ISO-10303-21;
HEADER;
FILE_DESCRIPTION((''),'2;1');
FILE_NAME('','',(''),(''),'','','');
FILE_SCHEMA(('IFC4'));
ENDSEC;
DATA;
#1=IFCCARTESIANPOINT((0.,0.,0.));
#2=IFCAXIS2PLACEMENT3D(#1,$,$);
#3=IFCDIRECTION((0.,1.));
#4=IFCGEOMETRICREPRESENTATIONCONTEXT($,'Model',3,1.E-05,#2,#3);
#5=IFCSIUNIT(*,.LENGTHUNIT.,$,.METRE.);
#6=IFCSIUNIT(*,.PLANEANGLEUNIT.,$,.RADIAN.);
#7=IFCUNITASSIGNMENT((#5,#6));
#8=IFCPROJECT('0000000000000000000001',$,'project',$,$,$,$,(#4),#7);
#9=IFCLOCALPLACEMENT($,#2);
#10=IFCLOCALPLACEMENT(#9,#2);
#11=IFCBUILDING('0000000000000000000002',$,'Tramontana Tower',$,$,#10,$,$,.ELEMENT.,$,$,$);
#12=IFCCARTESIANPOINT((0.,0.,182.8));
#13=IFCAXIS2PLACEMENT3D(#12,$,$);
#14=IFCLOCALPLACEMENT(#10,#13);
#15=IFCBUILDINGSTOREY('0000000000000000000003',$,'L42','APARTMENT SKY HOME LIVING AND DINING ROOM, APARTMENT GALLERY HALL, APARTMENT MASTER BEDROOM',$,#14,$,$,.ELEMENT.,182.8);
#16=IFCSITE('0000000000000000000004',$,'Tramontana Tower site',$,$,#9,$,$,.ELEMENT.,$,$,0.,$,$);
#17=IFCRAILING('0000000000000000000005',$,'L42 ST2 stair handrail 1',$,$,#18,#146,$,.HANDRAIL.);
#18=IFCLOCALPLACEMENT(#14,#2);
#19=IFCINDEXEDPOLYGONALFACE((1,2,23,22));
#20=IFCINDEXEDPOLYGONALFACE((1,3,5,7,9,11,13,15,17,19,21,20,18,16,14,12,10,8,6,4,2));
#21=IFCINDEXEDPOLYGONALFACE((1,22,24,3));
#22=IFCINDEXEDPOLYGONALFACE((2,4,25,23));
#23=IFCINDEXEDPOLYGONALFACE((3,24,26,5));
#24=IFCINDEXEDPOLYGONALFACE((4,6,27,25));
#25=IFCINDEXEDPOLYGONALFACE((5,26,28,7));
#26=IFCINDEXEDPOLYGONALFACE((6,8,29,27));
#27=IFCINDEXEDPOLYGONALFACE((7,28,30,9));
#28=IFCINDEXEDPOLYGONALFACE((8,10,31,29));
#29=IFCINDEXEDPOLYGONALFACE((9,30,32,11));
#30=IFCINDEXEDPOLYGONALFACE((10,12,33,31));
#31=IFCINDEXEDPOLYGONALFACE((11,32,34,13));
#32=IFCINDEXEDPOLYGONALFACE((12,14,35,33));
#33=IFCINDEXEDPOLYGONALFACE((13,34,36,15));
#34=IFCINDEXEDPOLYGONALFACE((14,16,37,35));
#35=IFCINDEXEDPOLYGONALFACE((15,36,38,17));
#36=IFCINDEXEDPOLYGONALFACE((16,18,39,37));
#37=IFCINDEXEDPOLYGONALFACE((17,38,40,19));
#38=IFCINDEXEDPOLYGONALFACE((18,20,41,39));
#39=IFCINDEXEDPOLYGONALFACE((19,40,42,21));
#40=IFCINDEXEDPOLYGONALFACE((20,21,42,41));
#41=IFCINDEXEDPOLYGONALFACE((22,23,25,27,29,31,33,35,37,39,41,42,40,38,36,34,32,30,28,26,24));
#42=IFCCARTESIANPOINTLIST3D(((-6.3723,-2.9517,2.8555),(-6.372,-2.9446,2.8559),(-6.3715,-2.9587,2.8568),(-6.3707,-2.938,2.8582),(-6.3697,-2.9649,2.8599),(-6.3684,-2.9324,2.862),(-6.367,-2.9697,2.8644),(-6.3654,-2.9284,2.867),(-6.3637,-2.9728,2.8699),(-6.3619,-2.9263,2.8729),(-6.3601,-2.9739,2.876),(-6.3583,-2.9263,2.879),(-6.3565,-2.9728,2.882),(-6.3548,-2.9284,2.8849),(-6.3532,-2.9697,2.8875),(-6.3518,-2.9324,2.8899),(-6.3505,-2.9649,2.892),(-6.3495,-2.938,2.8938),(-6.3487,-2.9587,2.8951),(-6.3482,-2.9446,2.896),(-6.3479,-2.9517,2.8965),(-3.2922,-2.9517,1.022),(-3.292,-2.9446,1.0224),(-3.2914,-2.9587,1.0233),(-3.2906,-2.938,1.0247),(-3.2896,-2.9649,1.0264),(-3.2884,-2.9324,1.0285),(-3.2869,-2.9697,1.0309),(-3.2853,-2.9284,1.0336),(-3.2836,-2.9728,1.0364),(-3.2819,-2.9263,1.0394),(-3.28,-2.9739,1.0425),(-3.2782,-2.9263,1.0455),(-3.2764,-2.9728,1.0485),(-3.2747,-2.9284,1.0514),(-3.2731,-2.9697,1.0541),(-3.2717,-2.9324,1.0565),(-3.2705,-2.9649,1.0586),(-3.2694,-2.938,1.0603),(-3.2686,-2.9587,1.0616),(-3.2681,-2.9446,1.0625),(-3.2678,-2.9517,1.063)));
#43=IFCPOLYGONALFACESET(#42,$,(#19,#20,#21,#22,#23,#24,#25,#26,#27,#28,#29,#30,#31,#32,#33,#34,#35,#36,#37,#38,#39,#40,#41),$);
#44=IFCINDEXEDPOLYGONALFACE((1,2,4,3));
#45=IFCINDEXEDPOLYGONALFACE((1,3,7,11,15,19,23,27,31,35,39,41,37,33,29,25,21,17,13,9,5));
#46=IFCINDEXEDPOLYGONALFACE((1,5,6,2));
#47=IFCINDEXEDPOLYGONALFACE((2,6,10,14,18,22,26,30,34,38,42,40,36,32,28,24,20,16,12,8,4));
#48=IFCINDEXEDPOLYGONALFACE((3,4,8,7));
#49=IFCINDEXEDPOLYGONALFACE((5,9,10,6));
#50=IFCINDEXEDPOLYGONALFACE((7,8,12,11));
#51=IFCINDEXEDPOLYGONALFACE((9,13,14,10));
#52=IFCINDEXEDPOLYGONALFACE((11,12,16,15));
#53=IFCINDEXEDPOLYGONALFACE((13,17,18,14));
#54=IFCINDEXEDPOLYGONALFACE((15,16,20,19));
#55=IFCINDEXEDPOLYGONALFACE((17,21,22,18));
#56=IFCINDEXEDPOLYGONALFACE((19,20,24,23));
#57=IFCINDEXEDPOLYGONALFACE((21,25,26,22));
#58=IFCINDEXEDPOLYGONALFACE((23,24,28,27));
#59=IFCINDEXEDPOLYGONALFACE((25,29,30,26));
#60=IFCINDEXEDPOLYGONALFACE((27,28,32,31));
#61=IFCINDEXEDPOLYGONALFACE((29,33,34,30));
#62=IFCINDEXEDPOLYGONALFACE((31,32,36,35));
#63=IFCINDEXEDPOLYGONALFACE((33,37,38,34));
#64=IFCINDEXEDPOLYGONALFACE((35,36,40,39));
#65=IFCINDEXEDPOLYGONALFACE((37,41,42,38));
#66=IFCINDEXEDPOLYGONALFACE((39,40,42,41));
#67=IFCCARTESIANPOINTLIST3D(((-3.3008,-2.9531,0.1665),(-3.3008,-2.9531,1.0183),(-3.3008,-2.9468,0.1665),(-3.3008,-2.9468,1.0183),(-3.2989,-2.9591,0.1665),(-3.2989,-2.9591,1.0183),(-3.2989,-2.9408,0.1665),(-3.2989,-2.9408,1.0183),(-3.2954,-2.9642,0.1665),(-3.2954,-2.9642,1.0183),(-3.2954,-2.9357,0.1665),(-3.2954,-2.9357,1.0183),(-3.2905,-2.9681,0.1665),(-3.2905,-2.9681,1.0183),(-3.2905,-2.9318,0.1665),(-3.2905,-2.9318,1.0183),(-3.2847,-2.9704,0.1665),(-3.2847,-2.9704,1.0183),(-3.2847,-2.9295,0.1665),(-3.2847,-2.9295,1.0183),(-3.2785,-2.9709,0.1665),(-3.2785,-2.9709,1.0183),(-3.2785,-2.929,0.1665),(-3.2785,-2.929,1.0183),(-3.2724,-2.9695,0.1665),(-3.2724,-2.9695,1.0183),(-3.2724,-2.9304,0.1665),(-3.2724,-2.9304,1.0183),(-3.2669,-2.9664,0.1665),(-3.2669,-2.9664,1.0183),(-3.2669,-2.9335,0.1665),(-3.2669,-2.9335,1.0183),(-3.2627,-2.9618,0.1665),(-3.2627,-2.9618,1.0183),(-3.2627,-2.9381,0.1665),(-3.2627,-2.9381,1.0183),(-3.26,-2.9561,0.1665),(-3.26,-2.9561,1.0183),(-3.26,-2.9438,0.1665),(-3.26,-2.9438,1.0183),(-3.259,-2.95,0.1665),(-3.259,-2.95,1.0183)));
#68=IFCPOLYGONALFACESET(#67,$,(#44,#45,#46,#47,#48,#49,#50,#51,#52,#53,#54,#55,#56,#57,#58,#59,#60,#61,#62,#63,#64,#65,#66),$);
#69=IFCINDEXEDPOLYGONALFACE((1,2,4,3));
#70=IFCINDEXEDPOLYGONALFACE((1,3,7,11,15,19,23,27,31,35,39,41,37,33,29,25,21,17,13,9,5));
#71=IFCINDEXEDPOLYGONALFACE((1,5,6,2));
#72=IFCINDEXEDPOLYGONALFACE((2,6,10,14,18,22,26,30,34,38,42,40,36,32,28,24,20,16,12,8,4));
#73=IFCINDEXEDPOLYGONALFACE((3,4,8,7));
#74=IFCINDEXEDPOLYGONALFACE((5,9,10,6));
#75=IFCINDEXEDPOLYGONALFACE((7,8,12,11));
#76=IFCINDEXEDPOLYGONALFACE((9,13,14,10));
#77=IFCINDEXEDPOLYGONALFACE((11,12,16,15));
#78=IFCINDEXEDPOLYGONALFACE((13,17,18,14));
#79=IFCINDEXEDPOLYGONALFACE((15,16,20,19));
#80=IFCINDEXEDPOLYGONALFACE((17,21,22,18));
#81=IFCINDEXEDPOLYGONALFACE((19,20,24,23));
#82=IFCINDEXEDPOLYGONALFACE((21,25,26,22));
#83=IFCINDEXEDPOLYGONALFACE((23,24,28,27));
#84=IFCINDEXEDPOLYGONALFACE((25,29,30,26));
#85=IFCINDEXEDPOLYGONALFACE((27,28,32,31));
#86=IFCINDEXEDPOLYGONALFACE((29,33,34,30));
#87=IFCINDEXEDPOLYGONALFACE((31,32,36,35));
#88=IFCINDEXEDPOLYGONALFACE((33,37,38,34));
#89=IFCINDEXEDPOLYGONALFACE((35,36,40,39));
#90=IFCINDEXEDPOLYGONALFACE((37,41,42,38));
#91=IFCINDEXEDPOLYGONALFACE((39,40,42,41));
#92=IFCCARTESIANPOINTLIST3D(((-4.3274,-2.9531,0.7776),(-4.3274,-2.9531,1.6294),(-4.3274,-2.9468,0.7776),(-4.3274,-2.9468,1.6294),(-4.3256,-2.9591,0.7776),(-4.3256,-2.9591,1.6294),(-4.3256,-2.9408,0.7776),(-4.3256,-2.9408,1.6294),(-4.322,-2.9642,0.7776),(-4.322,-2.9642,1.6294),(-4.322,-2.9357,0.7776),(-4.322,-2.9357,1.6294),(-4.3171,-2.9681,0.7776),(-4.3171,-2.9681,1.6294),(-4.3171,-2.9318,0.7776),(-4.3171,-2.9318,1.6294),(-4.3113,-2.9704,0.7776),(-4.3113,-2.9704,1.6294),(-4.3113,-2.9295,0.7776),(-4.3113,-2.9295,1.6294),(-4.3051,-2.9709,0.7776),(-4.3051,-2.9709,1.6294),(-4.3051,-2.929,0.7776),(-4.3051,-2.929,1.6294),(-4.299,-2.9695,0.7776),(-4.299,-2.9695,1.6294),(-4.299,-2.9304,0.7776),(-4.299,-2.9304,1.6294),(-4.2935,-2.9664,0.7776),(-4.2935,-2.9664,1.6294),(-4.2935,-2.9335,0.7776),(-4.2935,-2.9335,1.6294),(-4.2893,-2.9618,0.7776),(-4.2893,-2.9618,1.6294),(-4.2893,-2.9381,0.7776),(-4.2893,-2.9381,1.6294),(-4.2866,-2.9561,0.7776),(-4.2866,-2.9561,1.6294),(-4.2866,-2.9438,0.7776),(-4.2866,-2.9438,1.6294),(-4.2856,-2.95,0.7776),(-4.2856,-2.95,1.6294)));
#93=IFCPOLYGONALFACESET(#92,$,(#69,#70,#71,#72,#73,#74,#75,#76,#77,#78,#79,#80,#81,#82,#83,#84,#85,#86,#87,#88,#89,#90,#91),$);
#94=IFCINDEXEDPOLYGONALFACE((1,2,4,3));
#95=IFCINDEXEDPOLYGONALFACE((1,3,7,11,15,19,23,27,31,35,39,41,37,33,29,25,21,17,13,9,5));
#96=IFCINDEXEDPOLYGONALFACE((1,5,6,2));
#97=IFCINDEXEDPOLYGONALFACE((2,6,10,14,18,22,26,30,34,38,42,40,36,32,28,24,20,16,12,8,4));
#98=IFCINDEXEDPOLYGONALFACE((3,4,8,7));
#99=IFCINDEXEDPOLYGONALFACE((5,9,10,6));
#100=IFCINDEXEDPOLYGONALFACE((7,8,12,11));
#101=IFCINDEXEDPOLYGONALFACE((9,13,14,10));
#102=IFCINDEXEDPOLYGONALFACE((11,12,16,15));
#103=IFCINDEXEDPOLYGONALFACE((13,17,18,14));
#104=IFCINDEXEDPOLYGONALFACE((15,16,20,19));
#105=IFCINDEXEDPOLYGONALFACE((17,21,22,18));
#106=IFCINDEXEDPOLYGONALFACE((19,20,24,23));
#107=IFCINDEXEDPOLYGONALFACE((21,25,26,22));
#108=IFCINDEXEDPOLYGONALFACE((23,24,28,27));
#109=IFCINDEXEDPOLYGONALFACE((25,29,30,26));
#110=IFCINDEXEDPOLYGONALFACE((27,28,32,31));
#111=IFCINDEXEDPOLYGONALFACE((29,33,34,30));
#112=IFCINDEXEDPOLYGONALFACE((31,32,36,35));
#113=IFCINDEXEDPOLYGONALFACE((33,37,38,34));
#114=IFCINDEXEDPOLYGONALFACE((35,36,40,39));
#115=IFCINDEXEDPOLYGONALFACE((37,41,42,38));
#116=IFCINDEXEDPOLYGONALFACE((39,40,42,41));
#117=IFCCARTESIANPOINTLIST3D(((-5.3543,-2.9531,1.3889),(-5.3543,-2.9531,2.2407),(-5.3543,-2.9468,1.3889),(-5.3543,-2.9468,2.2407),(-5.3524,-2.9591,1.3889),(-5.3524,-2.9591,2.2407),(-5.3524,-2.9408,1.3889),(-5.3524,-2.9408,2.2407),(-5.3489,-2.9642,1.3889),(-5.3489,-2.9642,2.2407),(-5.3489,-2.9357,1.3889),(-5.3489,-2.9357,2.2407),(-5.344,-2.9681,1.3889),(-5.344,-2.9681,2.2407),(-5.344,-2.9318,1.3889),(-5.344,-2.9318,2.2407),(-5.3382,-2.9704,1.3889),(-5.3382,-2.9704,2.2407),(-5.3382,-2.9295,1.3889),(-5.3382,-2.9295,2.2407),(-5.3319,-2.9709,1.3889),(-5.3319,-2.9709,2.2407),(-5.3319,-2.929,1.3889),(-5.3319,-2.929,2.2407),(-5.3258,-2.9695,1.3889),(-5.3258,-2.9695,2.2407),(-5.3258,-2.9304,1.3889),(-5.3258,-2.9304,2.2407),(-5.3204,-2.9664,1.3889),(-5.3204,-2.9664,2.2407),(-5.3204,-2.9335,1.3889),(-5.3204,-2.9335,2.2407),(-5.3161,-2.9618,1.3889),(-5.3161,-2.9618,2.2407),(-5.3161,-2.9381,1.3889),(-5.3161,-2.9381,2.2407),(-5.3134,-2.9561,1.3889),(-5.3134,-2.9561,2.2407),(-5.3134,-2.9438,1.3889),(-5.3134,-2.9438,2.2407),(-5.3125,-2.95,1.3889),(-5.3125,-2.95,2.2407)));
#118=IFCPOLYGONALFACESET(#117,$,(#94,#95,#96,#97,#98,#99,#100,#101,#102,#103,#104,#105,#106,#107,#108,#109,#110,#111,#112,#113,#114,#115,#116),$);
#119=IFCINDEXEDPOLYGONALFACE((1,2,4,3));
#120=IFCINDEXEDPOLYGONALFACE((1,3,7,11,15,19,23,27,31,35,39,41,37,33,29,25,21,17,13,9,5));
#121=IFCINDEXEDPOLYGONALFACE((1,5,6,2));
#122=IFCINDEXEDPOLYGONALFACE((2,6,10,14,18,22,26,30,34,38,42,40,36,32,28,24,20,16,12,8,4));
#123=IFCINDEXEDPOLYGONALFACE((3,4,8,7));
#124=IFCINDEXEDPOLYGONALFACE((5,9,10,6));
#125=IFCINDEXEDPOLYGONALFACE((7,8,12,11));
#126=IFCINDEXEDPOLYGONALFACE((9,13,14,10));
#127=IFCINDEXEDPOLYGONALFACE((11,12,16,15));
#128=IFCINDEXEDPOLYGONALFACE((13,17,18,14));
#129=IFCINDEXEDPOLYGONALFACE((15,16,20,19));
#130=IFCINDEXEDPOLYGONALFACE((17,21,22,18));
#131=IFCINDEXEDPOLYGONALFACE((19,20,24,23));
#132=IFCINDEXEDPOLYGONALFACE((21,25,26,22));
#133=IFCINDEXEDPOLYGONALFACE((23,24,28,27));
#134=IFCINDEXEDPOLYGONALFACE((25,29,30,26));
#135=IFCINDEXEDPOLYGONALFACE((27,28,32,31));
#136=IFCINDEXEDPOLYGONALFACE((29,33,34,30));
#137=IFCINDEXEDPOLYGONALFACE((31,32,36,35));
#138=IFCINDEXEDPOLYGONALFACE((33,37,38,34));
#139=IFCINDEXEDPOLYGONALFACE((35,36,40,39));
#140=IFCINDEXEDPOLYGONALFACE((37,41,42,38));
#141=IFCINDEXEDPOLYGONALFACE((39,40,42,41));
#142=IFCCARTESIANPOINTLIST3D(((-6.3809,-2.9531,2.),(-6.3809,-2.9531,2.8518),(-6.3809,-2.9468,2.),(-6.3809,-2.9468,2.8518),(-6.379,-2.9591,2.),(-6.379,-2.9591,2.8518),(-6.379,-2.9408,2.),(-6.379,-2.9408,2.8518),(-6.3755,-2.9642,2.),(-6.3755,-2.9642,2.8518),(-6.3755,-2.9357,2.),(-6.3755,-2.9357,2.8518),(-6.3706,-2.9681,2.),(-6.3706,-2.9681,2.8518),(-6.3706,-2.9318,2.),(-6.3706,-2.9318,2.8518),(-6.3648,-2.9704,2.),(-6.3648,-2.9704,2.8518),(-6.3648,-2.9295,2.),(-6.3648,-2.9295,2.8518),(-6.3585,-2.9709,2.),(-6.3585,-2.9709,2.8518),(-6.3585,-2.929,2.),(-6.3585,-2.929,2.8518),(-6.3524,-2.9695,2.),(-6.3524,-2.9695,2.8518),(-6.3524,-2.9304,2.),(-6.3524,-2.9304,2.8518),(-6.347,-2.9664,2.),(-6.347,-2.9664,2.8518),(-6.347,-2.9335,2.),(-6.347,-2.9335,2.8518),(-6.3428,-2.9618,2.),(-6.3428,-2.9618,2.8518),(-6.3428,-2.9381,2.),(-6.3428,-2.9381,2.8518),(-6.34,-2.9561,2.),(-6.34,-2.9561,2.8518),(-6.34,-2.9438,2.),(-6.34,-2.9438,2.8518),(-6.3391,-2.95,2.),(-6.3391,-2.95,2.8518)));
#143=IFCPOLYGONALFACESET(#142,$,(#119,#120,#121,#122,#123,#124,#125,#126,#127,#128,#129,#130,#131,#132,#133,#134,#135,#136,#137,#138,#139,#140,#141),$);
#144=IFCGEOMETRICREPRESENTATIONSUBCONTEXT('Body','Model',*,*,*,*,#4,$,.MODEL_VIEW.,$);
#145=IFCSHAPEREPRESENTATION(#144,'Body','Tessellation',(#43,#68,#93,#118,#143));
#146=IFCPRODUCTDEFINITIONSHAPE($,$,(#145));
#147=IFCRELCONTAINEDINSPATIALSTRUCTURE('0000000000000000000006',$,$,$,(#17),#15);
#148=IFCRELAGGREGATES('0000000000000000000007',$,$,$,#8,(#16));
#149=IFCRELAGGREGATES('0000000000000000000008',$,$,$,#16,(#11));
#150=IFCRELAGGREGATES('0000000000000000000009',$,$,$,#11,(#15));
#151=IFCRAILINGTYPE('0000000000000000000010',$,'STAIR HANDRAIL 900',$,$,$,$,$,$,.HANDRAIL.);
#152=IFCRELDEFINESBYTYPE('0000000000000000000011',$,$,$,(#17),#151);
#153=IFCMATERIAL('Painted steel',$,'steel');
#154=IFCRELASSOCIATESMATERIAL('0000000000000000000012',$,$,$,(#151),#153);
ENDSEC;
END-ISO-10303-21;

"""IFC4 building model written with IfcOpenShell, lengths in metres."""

from ifc_helpers import new_model, si_unit, direction, frame, origin, origin_2d, place, context, subcontext, project, spatial, circle, extrude, material, type_object, element, save


model = new_model("IFC4")

# Units and contexts
model_context = context("Model", 3, precision=1e-05, world=origin(), true_north=direction((0.0, 1.0)))
body_context = subcontext(model_context, "Body", "Model", "MODEL_VIEW")
ifc_project = project(units=[si_unit("LENGTHUNIT", "METRE"), si_unit("PLANEANGLEUNIT", "RADIAN")], contexts=[model_context])

# Site, building, storey
site_placement = place(None, origin())
site = spatial("IfcSite", under=ifc_project, at=site_placement, Name="Tramontana Tower site", CompositionType="ELEMENT", RefElevation=0.0)
building_placement = place(site_placement, origin())
building = spatial("IfcBuilding", under=site, at=building_placement, Name="Tramontana Tower", CompositionType="ELEMENT")
storey_placement = place(building_placement, frame((0.0, 0.0, 182.8)))
storey = spatial("IfcBuildingStorey", under=building, at=storey_placement, Name="L42", Description="APARTMENT SKY HOME LIVING AND DINING ROOM, APARTMENT GALLERY HALL, APARTMENT MASTER BEDROOM", CompositionType="ELEMENT", Elevation=182.8)

# Railing
ifc_material_1 = material(Name="Painted steel", Category="steel")
railing_type_1 = type_object("IfcRailingType", Name="STAIR HANDRAIL 900", PredefinedType="HANDRAIL", material=ifc_material_1)
railing_1_placement = place(storey_placement, frame((-3.28, -2.95, 0.1665)))
element("IfcRailing", 1, at=railing_1_placement, inside=storey, type_object=railing_type_1, Name="L42 ST2 stair handrail 1", PredefinedType="HANDRAIL", context=body_context, shape_type="SweptSolid", body=[
    extrude(circle(Radius=0.0239, at=origin_2d()), frame((0.0, 0.0, 0.876), z_axis=(-0.859279, 0.0, 0.511508), x_axis=(0.0, -1.0, 0.0)), (0.0, 0.0, 1.0), 3.5845),
    extrude(circle(Radius=0.021, at=origin_2d()), origin(), (0.0, 0.0, 1.0), 0.8518),
    extrude(circle(Radius=0.021, at=origin_2d()), frame((-1.0266, 0.0, 0.6111)), (0.0, 0.0, 1.0), 0.8518),
    extrude(circle(Radius=0.021, at=origin_2d()), frame((-2.0535, 0.0, 1.2224)), (0.0, 0.0, 1.0), 0.8518),
    extrude(circle(Radius=0.021, at=origin_2d()), frame((-3.0801, 0.0, 1.8335)), (0.0, 0.0, 1.0), 0.8518),
])

save(model, "model.ifc")
